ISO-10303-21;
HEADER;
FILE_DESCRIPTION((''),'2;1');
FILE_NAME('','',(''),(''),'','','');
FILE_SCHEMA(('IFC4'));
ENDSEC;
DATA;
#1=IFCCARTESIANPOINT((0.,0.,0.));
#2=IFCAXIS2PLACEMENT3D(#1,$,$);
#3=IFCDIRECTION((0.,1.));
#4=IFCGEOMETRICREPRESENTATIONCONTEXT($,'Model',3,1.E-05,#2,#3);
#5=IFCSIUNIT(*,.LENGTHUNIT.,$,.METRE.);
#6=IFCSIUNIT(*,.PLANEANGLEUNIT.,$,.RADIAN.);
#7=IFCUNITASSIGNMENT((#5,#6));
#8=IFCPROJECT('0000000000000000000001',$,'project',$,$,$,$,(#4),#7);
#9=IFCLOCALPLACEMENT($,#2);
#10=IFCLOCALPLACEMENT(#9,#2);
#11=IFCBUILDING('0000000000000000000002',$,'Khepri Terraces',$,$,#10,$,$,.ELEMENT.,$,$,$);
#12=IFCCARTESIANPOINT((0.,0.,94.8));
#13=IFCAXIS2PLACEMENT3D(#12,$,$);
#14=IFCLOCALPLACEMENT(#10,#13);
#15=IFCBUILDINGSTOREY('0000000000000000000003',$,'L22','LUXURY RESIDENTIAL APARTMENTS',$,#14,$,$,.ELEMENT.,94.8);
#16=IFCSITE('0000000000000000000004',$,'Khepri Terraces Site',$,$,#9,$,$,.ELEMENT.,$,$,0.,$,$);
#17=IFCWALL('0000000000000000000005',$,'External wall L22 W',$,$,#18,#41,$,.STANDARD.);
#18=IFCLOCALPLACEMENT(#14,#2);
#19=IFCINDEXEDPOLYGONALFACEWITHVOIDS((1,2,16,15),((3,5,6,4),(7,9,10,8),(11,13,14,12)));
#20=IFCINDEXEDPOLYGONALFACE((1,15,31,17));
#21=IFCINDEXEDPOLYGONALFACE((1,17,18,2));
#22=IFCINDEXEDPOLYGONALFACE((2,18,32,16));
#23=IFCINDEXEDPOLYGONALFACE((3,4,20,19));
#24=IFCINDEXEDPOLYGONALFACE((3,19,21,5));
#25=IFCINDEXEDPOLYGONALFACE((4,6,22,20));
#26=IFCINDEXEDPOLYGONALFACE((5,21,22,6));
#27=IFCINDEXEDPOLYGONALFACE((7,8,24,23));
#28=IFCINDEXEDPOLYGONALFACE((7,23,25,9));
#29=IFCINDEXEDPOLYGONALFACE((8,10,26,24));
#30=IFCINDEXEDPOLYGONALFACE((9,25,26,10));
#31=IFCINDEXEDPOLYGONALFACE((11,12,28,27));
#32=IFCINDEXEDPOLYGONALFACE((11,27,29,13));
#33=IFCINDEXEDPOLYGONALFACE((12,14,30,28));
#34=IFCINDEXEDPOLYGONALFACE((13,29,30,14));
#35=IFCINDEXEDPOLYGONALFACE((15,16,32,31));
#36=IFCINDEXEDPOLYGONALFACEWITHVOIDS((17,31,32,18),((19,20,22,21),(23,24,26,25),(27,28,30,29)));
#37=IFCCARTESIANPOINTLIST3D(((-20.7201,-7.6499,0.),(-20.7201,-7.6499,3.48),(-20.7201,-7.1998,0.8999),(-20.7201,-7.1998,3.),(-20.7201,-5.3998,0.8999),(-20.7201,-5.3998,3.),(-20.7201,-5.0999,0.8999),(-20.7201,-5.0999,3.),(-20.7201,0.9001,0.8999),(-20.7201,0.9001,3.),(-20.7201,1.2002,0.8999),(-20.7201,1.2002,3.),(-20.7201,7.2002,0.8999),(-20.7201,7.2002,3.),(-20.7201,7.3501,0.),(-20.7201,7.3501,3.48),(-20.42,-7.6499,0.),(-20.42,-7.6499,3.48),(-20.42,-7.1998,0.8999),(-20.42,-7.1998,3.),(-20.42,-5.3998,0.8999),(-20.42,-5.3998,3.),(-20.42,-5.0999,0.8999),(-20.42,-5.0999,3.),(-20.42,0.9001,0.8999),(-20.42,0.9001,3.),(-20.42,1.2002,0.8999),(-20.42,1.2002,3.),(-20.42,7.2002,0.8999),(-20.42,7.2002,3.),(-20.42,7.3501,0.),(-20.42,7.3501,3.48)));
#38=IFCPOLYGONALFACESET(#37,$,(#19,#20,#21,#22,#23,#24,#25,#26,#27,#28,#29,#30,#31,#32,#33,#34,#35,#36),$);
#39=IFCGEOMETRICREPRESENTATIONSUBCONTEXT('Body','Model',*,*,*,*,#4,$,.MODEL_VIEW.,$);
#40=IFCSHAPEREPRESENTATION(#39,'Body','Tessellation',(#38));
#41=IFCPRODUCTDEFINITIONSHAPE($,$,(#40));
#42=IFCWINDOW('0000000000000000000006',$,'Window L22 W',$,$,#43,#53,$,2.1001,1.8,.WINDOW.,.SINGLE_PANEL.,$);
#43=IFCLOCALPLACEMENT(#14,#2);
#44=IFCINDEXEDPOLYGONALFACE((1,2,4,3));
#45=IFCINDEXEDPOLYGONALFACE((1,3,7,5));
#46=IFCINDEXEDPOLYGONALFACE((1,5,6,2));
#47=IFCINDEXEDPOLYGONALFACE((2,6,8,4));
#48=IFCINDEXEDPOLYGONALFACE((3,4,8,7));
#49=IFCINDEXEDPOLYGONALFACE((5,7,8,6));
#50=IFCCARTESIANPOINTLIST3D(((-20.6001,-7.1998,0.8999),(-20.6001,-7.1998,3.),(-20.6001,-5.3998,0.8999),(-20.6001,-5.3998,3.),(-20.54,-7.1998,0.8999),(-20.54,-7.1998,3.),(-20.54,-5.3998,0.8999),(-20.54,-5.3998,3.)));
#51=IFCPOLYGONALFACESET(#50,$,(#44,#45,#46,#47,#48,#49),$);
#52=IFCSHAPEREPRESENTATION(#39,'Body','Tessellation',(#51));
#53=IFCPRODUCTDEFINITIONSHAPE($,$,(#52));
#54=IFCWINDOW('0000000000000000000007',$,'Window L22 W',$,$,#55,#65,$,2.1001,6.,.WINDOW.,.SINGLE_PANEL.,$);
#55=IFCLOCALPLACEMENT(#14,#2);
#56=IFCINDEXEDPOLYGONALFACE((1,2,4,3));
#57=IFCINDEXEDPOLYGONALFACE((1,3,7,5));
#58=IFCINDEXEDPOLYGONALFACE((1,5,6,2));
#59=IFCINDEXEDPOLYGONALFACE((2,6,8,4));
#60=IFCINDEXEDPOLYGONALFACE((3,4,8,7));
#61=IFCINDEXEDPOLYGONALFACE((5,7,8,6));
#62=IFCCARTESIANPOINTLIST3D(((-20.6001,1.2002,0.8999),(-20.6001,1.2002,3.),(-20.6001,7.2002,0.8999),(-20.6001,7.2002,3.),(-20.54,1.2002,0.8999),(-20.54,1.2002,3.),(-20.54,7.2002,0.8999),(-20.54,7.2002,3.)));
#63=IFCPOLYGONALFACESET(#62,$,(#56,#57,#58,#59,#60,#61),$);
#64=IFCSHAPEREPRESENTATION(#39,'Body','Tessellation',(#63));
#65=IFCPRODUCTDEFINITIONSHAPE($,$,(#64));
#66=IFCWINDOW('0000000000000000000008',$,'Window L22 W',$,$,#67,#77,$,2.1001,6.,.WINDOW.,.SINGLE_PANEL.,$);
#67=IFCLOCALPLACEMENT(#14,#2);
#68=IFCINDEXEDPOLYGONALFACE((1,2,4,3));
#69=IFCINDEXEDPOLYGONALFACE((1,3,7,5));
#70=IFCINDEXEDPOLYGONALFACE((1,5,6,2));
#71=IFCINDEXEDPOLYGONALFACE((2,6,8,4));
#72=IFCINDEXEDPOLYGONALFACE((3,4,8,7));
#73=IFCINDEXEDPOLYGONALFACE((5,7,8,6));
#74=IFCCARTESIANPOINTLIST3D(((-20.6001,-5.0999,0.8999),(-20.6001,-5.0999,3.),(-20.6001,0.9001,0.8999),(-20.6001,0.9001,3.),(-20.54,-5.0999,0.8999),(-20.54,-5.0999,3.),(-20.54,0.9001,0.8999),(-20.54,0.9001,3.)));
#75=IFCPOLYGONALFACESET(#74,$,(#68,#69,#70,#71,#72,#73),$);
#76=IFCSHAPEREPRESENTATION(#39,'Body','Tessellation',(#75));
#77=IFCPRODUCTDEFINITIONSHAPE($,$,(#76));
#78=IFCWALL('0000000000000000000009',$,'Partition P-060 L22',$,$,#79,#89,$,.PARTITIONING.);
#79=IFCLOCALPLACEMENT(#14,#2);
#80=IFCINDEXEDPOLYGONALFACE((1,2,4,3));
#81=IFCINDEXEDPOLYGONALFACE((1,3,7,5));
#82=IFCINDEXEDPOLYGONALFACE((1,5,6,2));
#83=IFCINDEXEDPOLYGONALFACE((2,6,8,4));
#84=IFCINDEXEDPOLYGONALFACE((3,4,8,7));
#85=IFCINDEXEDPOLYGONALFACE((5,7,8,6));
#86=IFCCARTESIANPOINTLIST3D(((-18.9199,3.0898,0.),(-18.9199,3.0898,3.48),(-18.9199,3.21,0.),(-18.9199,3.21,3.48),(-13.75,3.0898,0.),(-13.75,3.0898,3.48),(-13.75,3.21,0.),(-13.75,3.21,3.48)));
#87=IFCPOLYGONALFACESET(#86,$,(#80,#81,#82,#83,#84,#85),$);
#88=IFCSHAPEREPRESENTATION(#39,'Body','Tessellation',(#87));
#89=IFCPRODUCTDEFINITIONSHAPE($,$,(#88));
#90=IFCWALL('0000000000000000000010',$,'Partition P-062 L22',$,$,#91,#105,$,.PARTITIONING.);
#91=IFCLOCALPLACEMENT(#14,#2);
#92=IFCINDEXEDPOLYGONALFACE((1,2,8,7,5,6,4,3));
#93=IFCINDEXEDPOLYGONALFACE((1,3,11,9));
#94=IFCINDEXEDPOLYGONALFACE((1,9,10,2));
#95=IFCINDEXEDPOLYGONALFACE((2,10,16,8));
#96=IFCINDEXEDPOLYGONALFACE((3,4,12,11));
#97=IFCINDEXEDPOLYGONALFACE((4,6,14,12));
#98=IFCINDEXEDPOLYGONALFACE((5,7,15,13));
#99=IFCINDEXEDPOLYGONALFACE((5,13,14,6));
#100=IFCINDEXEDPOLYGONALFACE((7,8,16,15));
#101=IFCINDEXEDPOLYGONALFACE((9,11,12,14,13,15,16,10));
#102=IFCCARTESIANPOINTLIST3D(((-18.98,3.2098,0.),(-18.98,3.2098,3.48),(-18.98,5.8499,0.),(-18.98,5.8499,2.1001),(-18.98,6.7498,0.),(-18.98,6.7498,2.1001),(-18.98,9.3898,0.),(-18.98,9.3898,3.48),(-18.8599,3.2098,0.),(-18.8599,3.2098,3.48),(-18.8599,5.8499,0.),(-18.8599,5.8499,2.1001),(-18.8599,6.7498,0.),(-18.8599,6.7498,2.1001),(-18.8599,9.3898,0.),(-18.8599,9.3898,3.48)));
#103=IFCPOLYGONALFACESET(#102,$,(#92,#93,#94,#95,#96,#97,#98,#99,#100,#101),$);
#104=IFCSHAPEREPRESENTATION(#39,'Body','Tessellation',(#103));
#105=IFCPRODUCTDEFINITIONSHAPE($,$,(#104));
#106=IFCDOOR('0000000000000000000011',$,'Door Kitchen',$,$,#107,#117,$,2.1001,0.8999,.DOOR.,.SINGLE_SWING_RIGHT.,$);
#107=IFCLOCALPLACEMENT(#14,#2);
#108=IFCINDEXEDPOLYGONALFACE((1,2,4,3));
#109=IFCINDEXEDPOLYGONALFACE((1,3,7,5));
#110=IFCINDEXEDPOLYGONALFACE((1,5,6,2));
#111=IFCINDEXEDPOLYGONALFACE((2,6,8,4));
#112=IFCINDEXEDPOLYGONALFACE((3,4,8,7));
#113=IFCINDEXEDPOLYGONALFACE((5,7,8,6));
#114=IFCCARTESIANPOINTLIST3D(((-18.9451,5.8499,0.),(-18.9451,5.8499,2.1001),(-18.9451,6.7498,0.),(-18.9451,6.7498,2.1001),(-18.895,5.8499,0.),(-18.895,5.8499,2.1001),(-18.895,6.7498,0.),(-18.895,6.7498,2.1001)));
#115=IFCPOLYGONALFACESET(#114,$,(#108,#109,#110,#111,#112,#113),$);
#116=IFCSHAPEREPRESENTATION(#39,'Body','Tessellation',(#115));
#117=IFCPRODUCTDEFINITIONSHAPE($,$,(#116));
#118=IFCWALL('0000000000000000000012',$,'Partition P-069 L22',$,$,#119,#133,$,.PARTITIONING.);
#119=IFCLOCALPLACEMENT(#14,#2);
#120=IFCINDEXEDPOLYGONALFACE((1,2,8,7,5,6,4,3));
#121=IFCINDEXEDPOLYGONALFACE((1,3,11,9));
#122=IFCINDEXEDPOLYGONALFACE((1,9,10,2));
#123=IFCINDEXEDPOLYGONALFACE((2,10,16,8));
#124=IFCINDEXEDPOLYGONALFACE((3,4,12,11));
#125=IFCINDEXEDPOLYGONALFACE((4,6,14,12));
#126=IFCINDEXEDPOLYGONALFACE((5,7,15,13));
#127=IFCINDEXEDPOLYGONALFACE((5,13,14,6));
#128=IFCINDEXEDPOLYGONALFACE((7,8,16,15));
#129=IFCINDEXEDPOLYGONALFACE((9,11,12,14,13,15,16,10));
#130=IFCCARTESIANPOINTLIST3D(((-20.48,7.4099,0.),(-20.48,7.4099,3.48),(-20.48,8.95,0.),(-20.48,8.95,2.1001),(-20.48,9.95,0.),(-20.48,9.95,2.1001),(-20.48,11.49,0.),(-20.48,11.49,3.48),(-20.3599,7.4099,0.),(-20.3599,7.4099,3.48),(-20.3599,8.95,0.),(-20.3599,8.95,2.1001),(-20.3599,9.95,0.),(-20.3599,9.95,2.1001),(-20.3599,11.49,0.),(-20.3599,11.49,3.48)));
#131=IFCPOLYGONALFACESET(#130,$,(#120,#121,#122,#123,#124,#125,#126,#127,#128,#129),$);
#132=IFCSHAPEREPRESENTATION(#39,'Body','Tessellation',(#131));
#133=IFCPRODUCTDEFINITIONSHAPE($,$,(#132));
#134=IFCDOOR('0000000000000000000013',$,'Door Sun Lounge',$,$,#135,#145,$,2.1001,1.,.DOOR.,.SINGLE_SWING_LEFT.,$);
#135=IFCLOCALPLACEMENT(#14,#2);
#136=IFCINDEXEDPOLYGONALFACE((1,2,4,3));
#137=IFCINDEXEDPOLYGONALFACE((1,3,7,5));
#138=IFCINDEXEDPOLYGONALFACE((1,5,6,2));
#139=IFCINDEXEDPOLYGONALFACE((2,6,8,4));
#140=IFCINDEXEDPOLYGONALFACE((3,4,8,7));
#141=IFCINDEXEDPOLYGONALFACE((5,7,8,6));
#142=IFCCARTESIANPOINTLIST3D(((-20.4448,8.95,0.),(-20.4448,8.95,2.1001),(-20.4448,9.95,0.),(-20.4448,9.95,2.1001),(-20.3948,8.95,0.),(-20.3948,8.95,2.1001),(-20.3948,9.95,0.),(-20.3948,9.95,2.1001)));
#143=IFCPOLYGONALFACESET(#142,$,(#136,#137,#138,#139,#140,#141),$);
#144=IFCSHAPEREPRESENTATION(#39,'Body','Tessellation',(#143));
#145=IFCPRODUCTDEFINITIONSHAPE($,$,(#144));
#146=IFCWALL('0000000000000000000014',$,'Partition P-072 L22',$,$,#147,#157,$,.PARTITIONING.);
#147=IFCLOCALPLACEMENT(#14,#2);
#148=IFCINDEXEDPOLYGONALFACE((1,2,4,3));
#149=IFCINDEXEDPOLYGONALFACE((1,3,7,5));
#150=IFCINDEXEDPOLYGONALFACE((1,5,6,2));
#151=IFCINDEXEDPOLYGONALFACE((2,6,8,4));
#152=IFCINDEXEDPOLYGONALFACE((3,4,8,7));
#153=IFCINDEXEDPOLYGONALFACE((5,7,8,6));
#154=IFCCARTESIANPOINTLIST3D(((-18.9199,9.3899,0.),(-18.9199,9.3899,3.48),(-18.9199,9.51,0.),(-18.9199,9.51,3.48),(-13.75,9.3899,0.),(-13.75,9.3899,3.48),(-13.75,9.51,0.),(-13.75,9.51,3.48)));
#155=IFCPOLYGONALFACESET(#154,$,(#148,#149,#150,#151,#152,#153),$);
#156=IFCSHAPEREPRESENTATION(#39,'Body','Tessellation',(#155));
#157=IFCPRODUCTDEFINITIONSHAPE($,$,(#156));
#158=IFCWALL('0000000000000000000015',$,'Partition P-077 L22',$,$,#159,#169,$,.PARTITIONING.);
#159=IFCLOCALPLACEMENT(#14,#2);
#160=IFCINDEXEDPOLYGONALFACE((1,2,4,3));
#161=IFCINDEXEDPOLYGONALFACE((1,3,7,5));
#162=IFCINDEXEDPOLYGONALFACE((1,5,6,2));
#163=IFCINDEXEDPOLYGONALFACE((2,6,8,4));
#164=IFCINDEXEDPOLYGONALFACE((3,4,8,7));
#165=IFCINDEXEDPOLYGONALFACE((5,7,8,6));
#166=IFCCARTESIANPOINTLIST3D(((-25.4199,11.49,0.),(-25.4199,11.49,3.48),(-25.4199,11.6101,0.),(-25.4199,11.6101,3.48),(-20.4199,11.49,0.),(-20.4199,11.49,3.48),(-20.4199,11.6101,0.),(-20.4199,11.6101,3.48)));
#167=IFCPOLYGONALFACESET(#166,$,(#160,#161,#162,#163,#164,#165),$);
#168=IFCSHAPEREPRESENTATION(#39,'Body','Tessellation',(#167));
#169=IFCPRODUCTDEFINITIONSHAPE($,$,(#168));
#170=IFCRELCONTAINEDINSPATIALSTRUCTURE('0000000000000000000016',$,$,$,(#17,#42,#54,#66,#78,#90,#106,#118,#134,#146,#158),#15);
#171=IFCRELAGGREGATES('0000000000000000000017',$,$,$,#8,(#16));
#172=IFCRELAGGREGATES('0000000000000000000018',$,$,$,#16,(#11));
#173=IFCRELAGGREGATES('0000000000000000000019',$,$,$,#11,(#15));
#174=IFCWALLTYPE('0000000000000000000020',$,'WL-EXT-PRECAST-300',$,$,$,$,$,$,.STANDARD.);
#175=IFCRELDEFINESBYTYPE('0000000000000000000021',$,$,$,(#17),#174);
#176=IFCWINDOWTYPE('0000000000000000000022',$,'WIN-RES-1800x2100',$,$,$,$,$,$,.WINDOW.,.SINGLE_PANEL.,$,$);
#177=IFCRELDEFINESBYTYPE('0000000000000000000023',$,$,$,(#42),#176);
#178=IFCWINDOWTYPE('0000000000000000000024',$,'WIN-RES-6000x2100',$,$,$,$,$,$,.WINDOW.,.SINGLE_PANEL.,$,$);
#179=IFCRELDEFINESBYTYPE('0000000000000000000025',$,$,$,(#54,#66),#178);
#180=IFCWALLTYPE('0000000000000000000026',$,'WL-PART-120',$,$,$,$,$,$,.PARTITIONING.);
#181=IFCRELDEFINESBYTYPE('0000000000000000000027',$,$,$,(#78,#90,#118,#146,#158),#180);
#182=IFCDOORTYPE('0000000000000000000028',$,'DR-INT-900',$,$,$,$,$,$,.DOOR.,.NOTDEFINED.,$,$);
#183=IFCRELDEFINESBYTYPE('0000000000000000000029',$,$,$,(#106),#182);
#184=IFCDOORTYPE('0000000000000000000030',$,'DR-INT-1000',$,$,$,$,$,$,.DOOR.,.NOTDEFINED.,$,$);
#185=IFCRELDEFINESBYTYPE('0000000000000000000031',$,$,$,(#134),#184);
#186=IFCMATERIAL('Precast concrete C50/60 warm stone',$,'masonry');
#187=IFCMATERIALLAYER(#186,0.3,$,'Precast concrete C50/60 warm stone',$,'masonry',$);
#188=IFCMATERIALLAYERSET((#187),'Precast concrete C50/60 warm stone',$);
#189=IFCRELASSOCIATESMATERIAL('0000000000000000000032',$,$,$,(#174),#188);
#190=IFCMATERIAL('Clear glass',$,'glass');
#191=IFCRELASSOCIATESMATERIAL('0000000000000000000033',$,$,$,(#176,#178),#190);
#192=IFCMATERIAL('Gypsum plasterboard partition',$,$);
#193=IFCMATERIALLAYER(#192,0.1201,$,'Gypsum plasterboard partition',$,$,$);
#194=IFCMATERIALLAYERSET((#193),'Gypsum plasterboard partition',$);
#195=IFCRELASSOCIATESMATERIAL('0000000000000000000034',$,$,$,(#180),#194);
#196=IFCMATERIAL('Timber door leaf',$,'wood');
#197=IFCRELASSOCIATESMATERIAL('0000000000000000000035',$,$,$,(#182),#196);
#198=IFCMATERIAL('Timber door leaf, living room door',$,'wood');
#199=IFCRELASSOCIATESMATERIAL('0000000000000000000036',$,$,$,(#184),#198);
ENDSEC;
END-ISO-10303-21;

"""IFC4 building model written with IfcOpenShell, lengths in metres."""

from ifc_helpers import new_model, si_unit, direction, frame, frame_2d, origin, place, context, subcontext, project, spatial, rectangle, extrude, material, layer, layer_set, type_object, element, fill, save


model = new_model("IFC4")

# Units and contexts
model_context = context("Model", 3, precision=1e-05, world=origin(), true_north=direction((0.0, 1.0)))
body_context = subcontext(model_context, "Body", "Model", "MODEL_VIEW")
ifc_project = project(units=[si_unit("LENGTHUNIT", "METRE"), si_unit("PLANEANGLEUNIT", "RADIAN")], contexts=[model_context])

# Site, building, storey
site_placement = place(None, origin())
site = spatial("IfcSite", under=ifc_project, at=site_placement, Name="Khepri Terraces Site", CompositionType="ELEMENT", RefElevation=0.0)
building_placement = place(site_placement, origin())
building = spatial("IfcBuilding", under=site, at=building_placement, Name="Khepri Terraces", CompositionType="ELEMENT")
storey_placement = place(building_placement, frame((0.0, 0.0, 94.8)))
storey = spatial("IfcBuildingStorey", under=building, at=storey_placement, Name="L22", Description="LUXURY RESIDENTIAL APARTMENTS", CompositionType="ELEMENT", Elevation=94.8)

# Shared definitions
ifc_material_1 = material(Name="Precast concrete C50/60 warm stone", Category="masonry")
ifc_layer_1 = layer(ifc_material_1, 0.3, Name="Precast concrete C50/60 warm stone", Category="masonry")
ifc_layer_set_1 = layer_set([ifc_layer_1], Name="Precast concrete C50/60 warm stone")
wall_type_1 = type_object("IfcWallType", Name="WL-EXT-PRECAST-300", PredefinedType="STANDARD", material=ifc_layer_set_1)

# Wall, openings, windows
wall_1_placement = place(storey_placement, frame((-20.5701, 7.3501, 0.0), z_axis=(0.0, 0.0, 1.0), x_axis=(0.0, -1.0, 0.0)))
wall_1 = element("IfcWall", 1, at=wall_1_placement, inside=storey, type_object=wall_type_1, Name="External wall L22 W", PredefinedType="STANDARD", context=body_context, shape_type="SweptSolid", body=[
    extrude(rectangle(XDim=15.0, YDim=0.3, at=frame_2d((7.5, 0.0))), origin(), (0.0, 0.0, 1.0), 3.48),
])
opening_1_placement = place(wall_1_placement, frame((0.1499, 0.0, 0.8999)))
opening_1 = element("IfcOpeningElement", 2, at=opening_1_placement, cuts=wall_1, PredefinedType="OPENING", context=body_context, shape_type="SweptSolid", body=[
    extrude(rectangle(XDim=6.0, YDim=2.1001, at=frame_2d((3.0, 1.05))), frame((0.0, 0.1602, 0.0), z_axis=(0.0, -1.0, 0.0), x_axis=(1.0, 0.0, 0.0)), (0.0, 0.0, 1.0), 0.3201),
])
opening_2_placement = place(wall_1_placement, frame((6.45, 0.0, 0.8999)))
opening_2 = element("IfcOpeningElement", 3, at=opening_2_placement, cuts=wall_1, PredefinedType="OPENING", context=body_context, shape_type="SweptSolid", body=[
    extrude(rectangle(XDim=6.0, YDim=2.1001, at=frame_2d((3.0, 1.05))), frame((0.0, 0.1602, 0.0), z_axis=(0.0, -1.0, 0.0), x_axis=(1.0, 0.0, 0.0)), (0.0, 0.0, 1.0), 0.3201),
])
opening_3_placement = place(wall_1_placement, frame((12.75, 0.0, 0.8999)))
opening_3 = element("IfcOpeningElement", 4, at=opening_3_placement, cuts=wall_1, PredefinedType="OPENING", context=body_context, shape_type="SweptSolid", body=[
    extrude(rectangle(XDim=1.8, YDim=2.1001, at=frame_2d((0.8999, 1.05))), frame((0.0, 0.1602, 0.0), z_axis=(0.0, -1.0, 0.0), x_axis=(1.0, 0.0, 0.0)), (0.0, 0.0, 1.0), 0.3201),
])
ifc_material_2 = material(Name="Clear glass", Category="glass")
window_type_1 = type_object("IfcWindowType", Name="WIN-RES-1800x2100", PartitioningType="SINGLE_PANEL", PredefinedType="WINDOW", material=ifc_material_2)
window_1_placement = place(opening_3_placement, origin())
window_1 = element("IfcWindow", 5, at=window_1_placement, inside=storey, type_object=window_type_1, Name="Window L22 W", OverallHeight=2.1001, OverallWidth=1.8, PartitioningType="SINGLE_PANEL", PredefinedType="WINDOW", context=body_context, shape_type="SweptSolid", body=[
    extrude(rectangle(XDim=1.8, YDim=2.1001, at=frame_2d((0.8999, 1.05))), frame((0.0, 0.03, 0.0), z_axis=(0.0, -1.0, 0.0), x_axis=(1.0, 0.0, 0.0)), (0.0, 0.0, 1.0), 0.0601),
])
fill(opening_3, window_1)
window_type_2 = type_object("IfcWindowType", Name="WIN-RES-6000x2100", PartitioningType="SINGLE_PANEL", PredefinedType="WINDOW", material=ifc_material_2)
window_2_placement = place(opening_1_placement, origin())
window_2 = element("IfcWindow", 6, at=window_2_placement, inside=storey, type_object=window_type_2, Name="Window L22 W", OverallHeight=2.1001, OverallWidth=6.0, PartitioningType="SINGLE_PANEL", PredefinedType="WINDOW", context=body_context, shape_type="SweptSolid", body=[
    extrude(rectangle(XDim=6.0, YDim=2.1001, at=frame_2d((3.0, 1.05))), frame((0.0, 0.03, 0.0), z_axis=(0.0, -1.0, 0.0), x_axis=(1.0, 0.0, 0.0)), (0.0, 0.0, 1.0), 0.0601),
])
fill(opening_1, window_2)
window_3_placement = place(opening_2_placement, origin())
window_3 = element("IfcWindow", 7, at=window_3_placement, inside=storey, type_object=window_type_2, Name="Window L22 W", OverallHeight=2.1001, OverallWidth=6.0, PartitioningType="SINGLE_PANEL", PredefinedType="WINDOW", context=body_context, shape_type="SweptSolid", body=[
    extrude(rectangle(XDim=6.0, YDim=2.1001, at=frame_2d((3.0, 1.05))), frame((0.0, 0.03, 0.0), z_axis=(0.0, -1.0, 0.0), x_axis=(1.0, 0.0, 0.0)), (0.0, 0.0, 1.0), 0.0601),
])
fill(opening_2, window_3)

# Wall
ifc_material_3 = material(Name="Gypsum plasterboard partition")
ifc_layer_2 = layer(ifc_material_3, 0.1201, Name="Gypsum plasterboard partition")
ifc_layer_set_2 = layer_set([ifc_layer_2], Name="Gypsum plasterboard partition")
wall_type_2 = type_object("IfcWallType", Name="WL-PART-120", PredefinedType="PARTITIONING", material=ifc_layer_set_2)
wall_2_placement = place(storey_placement, frame((-18.9199, 3.1499, 0.0), z_axis=(0.0, 0.0, 1.0), x_axis=(1.0, 0.0, 0.0)))
element("IfcWall", 8, at=wall_2_placement, inside=storey, type_object=wall_type_2, Name="Partition P-060 L22", PredefinedType="PARTITIONING", context=body_context, shape_type="SweptSolid", body=[
    extrude(rectangle(XDim=5.1699, YDim=0.1201, at=frame_2d((2.585, 0.0))), origin(), (0.0, 0.0, 1.0), 3.48),
])

# Walls, openings, doors
wall_3_placement = place(storey_placement, frame((-18.9199, 3.21, 0.0), z_axis=(0.0, 0.0, 1.0), x_axis=(0.0, 1.0, 0.0)))
wall_3 = element("IfcWall", 9, at=wall_3_placement, inside=storey, type_object=wall_type_2, Name="Partition P-062 L22", PredefinedType="PARTITIONING", context=body_context, shape_type="SweptSolid", body=[
    extrude(rectangle(XDim=6.1799, YDim=0.1201, at=frame_2d((3.0898, 0.0))), origin(), (0.0, 0.0, 1.0), 3.48),
])
opening_4_placement = place(wall_3_placement, frame((2.6399, 0.0, 0.0)))
opening_4 = element("IfcOpeningElement", 10, at=opening_4_placement, cuts=wall_3, PredefinedType="OPENING", context=body_context, shape_type="SweptSolid", body=[
    extrude(rectangle(XDim=0.8999, YDim=2.1001, at=frame_2d((0.45, 1.05))), frame((0.0, 0.0701, 0.0), z_axis=(0.0, -1.0, 0.0), x_axis=(1.0, 0.0, 0.0)), (0.0, 0.0, 1.0), 0.1401),
])
ifc_material_4 = material(Name="Timber door leaf", Category="wood")
door_type_1 = type_object("IfcDoorType", Name="DR-INT-900", OperationType="NOTDEFINED", PredefinedType="DOOR", material=ifc_material_4)
door_1_placement = place(opening_4_placement, frame((0.8999, 0.0, 0.0), z_axis=(0.0, 0.0, 1.0), x_axis=(-1.0, 0.0, 0.0)))
door_1 = element("IfcDoor", 11, at=door_1_placement, inside=storey, type_object=door_type_1, Name="Door Kitchen", OperationType="SINGLE_SWING_RIGHT", OverallHeight=2.1001, OverallWidth=0.8999, PredefinedType="DOOR", context=body_context, shape_type="SweptSolid", body=[
    extrude(rectangle(XDim=0.8999, YDim=2.1001, at=frame_2d((0.45, 1.05))), frame((0.0, 0.0249, 0.0), z_axis=(0.0, -1.0, 0.0), x_axis=(1.0, 0.0, 0.0)), (0.0, 0.0, 1.0), 0.05),
])
fill(opening_4, door_1)
wall_4_placement = place(storey_placement, frame((-20.4199, 7.4099, 0.0), z_axis=(0.0, 0.0, 1.0), x_axis=(0.0, 1.0, 0.0)))
wall_4 = element("IfcWall", 12, at=wall_4_placement, inside=storey, type_object=wall_type_2, Name="Partition P-069 L22", PredefinedType="PARTITIONING", context=body_context, shape_type="SweptSolid", body=[
    extrude(rectangle(XDim=4.0801, YDim=0.1201, at=frame_2d((2.04, 0.0))), origin(), (0.0, 0.0, 1.0), 3.48),
])
opening_5_placement = place(wall_4_placement, frame((1.54, 0.0, 0.0)))
opening_5 = element("IfcOpeningElement", 13, at=opening_5_placement, cuts=wall_4, PredefinedType="OPENING", context=body_context, shape_type="SweptSolid", body=[
    extrude(rectangle(XDim=1.0, YDim=2.1001, at=frame_2d((0.5, 1.05))), frame((0.0, 0.0701, 0.0), z_axis=(0.0, -1.0, 0.0), x_axis=(1.0, 0.0, 0.0)), (0.0, 0.0, 1.0), 0.1401),
])
ifc_material_5 = material(Name="Timber door leaf, living room door", Category="wood")
door_type_2 = type_object("IfcDoorType", Name="DR-INT-1000", OperationType="NOTDEFINED", PredefinedType="DOOR", material=ifc_material_5)
door_2_placement = place(opening_5_placement, origin())
door_2 = element("IfcDoor", 14, at=door_2_placement, inside=storey, type_object=door_type_2, Name="Door Sun Lounge", OperationType="SINGLE_SWING_LEFT", OverallHeight=2.1001, OverallWidth=1.0, PredefinedType="DOOR", context=body_context, shape_type="SweptSolid", body=[
    extrude(rectangle(XDim=1.0, YDim=2.1001, at=frame_2d((0.5, 1.05))), frame((0.0, 0.0249, 0.0), z_axis=(0.0, -1.0, 0.0), x_axis=(1.0, 0.0, 0.0)), (0.0, 0.0, 1.0), 0.05),
])
fill(opening_5, door_2)

# Walls
wall_5_placement = place(storey_placement, frame((-18.9199, 9.45, 0.0), z_axis=(0.0, 0.0, 1.0), x_axis=(1.0, 0.0, 0.0)))
element("IfcWall", 15, at=wall_5_placement, inside=storey, type_object=wall_type_2, Name="Partition P-072 L22", PredefinedType="PARTITIONING", context=body_context, shape_type="SweptSolid", body=[
    extrude(rectangle(XDim=5.1699, YDim=0.1201, at=frame_2d((2.585, 0.0))), origin(), (0.0, 0.0, 1.0), 3.48),
])
wall_6_placement = place(storey_placement, frame((-25.4199, 11.55, 0.0), z_axis=(0.0, 0.0, 1.0), x_axis=(1.0, 0.0, 0.0)))
element("IfcWall", 16, at=wall_6_placement, inside=storey, type_object=wall_type_2, Name="Partition P-077 L22", PredefinedType="PARTITIONING", context=body_context, shape_type="SweptSolid", body=[
    extrude(rectangle(XDim=5.0, YDim=0.1201, at=frame_2d((2.5, 0.0))), origin(), (0.0, 0.0, 1.0), 3.48),
])

save(model, "model.ifc")
